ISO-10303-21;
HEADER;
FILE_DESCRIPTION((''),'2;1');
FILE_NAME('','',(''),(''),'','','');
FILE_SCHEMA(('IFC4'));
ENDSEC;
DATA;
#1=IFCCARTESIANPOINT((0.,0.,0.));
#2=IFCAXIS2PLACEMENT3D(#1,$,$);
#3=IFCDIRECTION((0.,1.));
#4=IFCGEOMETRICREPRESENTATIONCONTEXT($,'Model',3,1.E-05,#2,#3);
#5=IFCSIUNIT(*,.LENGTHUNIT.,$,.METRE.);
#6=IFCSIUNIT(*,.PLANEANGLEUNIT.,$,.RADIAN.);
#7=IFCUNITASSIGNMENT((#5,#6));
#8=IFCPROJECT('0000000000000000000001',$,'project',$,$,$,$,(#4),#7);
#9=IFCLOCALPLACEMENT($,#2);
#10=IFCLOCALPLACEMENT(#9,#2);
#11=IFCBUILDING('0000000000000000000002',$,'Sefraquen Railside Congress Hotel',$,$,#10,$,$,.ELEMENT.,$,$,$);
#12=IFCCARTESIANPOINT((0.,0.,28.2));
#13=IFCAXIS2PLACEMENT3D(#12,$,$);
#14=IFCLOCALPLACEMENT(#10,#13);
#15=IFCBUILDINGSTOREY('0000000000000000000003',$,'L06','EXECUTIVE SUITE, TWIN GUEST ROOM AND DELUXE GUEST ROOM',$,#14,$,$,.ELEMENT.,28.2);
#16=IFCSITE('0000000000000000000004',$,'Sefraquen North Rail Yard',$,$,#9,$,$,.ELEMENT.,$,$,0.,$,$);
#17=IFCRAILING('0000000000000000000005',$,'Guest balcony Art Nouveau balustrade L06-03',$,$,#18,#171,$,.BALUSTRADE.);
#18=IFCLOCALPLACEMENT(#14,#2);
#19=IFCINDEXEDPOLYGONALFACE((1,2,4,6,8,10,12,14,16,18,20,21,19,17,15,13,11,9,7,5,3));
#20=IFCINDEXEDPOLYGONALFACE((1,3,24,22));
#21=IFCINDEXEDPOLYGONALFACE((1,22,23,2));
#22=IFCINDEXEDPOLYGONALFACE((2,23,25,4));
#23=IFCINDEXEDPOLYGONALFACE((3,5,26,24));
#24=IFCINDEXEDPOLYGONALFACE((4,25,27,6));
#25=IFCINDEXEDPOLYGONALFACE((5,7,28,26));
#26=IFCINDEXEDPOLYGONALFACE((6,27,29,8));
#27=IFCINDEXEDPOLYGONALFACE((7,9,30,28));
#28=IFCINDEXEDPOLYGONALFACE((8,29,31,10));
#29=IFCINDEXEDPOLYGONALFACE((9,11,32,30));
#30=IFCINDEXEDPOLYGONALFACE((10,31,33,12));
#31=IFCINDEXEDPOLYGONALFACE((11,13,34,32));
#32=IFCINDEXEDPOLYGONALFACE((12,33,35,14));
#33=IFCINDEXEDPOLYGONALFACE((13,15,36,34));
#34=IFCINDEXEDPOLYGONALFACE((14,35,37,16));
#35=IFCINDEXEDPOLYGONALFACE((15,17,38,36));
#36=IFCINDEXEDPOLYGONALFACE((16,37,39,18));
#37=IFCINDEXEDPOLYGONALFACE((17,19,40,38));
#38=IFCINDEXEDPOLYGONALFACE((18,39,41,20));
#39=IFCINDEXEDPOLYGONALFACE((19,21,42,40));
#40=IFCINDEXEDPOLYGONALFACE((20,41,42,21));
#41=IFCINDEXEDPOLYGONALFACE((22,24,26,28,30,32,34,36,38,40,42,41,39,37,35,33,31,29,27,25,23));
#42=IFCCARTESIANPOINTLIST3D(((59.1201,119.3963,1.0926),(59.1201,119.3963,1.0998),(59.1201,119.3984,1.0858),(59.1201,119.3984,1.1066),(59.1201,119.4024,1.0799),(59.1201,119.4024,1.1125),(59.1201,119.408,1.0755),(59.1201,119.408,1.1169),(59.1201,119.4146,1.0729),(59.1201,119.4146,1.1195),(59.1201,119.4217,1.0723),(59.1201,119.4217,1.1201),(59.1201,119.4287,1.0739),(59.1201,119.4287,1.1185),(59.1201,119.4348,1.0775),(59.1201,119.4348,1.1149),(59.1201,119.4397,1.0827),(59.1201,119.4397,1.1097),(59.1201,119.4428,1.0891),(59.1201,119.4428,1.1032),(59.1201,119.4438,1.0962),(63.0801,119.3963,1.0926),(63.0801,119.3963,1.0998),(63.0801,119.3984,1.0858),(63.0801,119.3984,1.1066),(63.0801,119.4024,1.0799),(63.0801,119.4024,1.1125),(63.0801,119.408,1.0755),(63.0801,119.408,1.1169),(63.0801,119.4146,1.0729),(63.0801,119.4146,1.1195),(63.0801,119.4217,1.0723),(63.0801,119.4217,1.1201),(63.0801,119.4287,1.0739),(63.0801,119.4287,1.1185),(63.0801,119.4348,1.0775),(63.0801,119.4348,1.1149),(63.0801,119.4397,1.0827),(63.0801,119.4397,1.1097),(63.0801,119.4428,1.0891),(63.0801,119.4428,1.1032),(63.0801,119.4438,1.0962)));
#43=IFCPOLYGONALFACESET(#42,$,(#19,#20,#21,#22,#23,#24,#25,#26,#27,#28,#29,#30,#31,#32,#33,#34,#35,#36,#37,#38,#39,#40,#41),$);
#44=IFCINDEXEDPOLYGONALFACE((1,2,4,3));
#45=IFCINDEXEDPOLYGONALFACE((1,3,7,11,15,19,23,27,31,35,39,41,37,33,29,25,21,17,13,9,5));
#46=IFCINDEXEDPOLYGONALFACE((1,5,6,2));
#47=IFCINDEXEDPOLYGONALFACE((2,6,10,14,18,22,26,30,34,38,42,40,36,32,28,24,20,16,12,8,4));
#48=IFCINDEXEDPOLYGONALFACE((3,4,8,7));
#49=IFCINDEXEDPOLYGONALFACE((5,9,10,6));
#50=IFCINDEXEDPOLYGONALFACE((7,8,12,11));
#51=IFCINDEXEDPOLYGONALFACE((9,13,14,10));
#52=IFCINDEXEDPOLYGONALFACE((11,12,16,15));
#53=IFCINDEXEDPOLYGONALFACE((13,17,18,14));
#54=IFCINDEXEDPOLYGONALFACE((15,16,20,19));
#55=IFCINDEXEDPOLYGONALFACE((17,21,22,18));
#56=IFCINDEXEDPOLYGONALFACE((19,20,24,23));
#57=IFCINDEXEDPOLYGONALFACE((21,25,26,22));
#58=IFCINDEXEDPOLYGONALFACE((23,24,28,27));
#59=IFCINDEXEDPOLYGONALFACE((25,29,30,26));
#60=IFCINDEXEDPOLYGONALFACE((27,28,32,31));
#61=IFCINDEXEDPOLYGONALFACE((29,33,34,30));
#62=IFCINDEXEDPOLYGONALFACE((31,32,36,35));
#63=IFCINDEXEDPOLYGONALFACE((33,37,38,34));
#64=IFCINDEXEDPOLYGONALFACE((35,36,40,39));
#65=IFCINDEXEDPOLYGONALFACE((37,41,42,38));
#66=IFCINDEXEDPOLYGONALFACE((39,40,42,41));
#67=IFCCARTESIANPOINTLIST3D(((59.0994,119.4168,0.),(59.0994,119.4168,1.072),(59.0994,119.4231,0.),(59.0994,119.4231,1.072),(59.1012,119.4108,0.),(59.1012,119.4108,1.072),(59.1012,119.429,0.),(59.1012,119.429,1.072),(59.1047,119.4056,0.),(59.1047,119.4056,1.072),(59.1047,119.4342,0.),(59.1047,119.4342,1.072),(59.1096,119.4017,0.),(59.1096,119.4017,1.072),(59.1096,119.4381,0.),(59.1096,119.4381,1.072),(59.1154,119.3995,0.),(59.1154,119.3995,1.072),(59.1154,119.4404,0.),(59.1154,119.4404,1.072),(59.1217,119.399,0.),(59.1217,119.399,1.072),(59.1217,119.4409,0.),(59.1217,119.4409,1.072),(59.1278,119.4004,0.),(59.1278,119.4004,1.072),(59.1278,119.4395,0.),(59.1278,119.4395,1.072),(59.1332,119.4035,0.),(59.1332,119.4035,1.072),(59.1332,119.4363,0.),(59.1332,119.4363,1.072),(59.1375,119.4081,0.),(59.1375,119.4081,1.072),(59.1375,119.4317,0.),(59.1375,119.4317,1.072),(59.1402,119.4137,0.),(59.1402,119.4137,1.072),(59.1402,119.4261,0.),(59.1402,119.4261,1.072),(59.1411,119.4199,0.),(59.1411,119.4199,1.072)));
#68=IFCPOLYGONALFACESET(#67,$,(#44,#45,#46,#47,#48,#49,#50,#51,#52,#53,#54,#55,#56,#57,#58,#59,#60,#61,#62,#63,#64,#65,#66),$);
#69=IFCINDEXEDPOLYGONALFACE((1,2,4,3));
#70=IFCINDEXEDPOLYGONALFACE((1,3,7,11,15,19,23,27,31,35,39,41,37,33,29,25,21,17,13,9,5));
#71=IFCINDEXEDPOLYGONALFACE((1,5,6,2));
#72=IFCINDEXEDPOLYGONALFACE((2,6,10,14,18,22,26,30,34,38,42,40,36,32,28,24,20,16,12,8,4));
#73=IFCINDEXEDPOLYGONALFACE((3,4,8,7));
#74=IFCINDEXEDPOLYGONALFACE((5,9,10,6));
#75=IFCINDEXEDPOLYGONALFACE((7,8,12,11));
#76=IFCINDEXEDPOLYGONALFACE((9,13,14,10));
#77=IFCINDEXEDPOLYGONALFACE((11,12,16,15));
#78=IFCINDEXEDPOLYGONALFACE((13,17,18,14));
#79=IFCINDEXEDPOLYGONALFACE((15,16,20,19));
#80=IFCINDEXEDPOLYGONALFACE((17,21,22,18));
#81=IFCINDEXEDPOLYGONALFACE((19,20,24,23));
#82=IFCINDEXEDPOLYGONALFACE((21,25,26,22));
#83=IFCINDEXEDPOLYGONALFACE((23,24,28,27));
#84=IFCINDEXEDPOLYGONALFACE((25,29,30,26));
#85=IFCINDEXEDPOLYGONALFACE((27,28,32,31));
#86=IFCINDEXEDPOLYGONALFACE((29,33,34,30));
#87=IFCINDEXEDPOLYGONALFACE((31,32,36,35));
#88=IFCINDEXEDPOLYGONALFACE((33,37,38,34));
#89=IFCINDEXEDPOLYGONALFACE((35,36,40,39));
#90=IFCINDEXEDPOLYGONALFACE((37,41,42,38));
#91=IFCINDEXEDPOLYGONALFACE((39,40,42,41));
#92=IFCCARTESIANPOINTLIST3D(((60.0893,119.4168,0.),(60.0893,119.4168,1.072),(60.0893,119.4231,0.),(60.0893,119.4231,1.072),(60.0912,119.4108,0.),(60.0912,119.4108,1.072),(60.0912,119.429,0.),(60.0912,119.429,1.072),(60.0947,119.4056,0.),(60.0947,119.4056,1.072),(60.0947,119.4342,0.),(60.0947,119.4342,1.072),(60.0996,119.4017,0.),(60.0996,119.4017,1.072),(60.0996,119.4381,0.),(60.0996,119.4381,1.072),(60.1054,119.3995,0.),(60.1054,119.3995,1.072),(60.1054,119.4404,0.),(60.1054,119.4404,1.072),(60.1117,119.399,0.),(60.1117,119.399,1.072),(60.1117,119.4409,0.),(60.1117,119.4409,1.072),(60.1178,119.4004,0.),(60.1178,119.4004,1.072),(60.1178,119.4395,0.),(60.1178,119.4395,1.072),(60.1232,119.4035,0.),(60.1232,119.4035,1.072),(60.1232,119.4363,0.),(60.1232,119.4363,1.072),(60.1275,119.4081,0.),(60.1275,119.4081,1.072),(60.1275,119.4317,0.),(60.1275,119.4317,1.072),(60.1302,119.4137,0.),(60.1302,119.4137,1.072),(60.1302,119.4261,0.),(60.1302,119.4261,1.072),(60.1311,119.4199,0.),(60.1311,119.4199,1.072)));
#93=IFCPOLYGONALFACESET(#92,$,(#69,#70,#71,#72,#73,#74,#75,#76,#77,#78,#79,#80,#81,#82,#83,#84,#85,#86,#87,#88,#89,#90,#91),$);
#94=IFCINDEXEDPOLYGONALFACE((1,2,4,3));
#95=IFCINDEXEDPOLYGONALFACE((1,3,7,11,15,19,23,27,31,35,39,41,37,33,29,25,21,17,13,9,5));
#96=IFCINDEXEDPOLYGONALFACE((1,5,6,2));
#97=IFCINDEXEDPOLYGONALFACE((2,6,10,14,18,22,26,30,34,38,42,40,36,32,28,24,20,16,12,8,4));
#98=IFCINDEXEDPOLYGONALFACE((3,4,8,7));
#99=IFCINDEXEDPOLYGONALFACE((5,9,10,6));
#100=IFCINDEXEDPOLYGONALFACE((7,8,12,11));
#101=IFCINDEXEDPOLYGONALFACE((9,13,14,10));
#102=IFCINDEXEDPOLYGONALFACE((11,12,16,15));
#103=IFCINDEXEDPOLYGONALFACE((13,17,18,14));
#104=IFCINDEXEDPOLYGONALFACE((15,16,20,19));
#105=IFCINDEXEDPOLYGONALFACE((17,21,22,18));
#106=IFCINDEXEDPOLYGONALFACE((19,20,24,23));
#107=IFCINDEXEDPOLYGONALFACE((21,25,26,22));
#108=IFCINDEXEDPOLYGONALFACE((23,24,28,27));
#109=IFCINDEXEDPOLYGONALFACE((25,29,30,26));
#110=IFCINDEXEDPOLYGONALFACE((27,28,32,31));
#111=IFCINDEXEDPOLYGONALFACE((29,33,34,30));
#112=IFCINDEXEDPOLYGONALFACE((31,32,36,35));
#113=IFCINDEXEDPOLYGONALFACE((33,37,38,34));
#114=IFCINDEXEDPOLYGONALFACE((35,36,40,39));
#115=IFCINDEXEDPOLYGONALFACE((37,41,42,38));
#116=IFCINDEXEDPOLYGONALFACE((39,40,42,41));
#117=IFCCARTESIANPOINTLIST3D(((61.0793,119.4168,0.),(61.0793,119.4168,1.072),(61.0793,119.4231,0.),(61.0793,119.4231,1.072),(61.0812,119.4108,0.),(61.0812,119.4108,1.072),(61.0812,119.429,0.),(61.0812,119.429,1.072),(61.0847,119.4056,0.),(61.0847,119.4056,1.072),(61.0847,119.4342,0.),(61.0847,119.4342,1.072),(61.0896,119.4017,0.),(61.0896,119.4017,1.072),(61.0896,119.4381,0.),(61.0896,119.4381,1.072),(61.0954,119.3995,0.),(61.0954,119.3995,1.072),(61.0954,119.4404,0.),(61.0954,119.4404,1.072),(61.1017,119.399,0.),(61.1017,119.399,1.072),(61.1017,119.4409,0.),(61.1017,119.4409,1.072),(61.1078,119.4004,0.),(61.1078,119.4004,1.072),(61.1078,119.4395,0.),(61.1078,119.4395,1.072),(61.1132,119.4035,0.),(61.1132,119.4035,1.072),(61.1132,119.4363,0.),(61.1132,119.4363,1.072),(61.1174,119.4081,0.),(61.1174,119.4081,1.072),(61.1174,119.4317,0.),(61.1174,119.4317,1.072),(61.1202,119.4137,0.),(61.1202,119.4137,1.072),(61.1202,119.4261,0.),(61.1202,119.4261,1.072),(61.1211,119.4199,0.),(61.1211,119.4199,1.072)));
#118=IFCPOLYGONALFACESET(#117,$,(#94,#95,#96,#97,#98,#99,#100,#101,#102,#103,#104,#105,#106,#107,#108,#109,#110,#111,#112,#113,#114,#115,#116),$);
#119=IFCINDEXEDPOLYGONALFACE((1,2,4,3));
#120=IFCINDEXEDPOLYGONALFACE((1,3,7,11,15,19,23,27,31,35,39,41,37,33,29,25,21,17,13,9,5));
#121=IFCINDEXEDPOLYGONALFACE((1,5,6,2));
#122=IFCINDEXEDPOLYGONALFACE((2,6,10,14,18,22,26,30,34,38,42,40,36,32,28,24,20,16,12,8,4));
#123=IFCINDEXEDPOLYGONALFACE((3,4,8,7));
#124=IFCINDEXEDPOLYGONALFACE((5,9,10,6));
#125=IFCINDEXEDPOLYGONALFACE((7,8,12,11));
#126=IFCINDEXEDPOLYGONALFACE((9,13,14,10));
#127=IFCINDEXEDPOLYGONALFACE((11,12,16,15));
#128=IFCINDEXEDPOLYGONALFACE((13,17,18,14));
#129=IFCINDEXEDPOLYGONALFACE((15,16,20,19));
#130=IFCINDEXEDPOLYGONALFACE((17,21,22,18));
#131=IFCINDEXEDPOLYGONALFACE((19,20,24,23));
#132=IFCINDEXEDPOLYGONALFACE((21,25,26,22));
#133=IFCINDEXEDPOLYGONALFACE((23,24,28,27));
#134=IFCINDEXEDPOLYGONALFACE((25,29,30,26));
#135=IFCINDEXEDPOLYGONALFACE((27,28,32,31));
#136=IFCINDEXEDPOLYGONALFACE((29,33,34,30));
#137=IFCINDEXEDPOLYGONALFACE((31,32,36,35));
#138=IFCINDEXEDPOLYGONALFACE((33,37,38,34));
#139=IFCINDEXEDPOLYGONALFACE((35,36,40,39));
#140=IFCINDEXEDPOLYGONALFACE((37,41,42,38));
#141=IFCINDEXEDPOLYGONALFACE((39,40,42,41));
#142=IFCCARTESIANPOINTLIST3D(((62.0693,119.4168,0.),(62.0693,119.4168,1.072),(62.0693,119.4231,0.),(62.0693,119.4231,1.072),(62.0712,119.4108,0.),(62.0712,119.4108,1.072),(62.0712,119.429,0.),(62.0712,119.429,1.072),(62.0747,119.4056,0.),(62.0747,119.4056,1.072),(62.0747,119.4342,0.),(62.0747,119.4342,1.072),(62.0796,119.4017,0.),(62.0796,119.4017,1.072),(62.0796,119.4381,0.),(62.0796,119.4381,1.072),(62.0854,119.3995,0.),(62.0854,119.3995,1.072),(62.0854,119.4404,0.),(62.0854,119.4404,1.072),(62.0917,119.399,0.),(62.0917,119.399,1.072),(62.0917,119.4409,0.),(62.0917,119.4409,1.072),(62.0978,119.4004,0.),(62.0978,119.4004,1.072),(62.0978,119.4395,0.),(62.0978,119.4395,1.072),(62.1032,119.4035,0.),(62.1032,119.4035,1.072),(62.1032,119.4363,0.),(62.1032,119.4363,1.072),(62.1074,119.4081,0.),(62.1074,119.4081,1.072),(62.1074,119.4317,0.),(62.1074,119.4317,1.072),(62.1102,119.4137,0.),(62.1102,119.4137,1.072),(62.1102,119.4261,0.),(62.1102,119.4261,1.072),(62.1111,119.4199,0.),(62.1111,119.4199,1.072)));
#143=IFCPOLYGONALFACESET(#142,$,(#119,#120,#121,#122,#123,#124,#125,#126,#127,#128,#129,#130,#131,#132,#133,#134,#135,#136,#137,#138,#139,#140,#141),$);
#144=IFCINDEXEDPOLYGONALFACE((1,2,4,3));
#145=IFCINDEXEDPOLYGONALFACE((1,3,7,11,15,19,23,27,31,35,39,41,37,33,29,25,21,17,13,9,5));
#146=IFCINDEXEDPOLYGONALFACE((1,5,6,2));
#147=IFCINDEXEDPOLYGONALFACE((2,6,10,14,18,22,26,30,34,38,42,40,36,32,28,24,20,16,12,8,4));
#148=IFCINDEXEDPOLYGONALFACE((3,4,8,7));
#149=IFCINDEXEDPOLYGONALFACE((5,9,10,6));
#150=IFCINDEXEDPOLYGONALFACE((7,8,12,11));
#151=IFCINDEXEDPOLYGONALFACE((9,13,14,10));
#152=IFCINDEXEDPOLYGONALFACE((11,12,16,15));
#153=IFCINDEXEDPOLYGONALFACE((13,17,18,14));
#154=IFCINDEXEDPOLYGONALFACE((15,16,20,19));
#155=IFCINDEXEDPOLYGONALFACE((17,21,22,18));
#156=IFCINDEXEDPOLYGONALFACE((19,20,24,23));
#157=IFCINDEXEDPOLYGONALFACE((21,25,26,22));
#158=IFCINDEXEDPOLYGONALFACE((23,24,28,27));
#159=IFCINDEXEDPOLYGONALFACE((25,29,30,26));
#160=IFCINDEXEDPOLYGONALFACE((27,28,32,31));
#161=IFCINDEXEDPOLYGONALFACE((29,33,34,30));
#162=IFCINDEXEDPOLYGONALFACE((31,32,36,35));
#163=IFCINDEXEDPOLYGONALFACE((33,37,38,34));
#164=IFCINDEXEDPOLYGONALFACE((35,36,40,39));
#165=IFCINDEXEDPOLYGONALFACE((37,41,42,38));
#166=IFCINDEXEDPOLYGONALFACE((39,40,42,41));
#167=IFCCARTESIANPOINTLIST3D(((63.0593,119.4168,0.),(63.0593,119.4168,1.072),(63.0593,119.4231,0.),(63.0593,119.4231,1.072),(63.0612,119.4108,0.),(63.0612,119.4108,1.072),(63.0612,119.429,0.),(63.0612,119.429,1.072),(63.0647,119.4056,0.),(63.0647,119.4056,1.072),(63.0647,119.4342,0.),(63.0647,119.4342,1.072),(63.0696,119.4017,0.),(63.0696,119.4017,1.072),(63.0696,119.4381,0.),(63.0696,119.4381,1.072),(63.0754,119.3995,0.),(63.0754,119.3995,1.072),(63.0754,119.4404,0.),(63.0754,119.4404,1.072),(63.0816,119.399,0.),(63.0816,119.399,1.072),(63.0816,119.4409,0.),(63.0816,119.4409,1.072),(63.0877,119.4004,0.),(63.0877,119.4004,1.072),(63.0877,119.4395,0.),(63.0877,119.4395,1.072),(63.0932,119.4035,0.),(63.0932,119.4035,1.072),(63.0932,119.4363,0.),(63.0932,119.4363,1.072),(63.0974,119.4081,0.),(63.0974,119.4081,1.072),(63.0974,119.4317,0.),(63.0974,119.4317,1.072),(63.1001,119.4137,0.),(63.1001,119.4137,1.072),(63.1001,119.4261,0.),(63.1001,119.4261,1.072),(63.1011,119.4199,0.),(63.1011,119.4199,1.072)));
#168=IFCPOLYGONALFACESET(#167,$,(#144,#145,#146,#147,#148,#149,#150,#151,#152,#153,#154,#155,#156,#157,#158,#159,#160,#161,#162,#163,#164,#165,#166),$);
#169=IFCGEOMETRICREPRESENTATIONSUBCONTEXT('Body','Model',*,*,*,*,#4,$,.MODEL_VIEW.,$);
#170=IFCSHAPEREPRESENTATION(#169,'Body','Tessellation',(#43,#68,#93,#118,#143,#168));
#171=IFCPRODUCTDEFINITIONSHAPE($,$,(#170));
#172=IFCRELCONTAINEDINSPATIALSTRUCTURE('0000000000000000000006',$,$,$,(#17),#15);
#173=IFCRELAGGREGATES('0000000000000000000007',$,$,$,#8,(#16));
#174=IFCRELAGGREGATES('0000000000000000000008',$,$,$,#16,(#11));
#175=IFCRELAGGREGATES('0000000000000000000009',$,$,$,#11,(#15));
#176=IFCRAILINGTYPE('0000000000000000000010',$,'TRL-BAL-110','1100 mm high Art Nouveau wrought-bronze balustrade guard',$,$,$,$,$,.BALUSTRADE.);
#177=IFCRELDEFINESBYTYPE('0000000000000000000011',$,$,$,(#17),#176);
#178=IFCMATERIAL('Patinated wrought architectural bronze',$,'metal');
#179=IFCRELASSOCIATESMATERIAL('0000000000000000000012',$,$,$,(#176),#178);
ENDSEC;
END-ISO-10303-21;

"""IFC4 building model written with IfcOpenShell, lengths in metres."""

from ifc_helpers import new_model, si_unit, direction, frame, origin, origin_2d, place, context, subcontext, project, spatial, circle, extrude, material, type_object, element, save


model = new_model("IFC4")

# Units and contexts
model_context = context("Model", 3, precision=1e-05, world=origin(), true_north=direction((0.0, 1.0)))
body_context = subcontext(model_context, "Body", "Model", "MODEL_VIEW")
ifc_project = project(units=[si_unit("LENGTHUNIT", "METRE"), si_unit("PLANEANGLEUNIT", "RADIAN")], contexts=[model_context])

# Site, building, storey
site_placement = place(None, origin())
site = spatial("IfcSite", under=ifc_project, at=site_placement, Name="Sefraquen North Rail Yard", CompositionType="ELEMENT", RefElevation=0.0)
building_placement = place(site_placement, origin())
building = spatial("IfcBuilding", under=site, at=building_placement, Name="Sefraquen Railside Congress Hotel", CompositionType="ELEMENT")
storey_placement = place(building_placement, frame((0.0, 0.0, 28.2)))
storey = spatial("IfcBuildingStorey", under=building, at=storey_placement, Name="L06", Description="EXECUTIVE SUITE, TWIN GUEST ROOM AND DELUXE GUEST ROOM", CompositionType="ELEMENT", Elevation=28.2)

# Railing
ifc_material_1 = material(Name="Patinated wrought architectural bronze", Category="metal")
railing_type = type_object("IfcRailingType", Name="TRL-BAL-110", Description="1100 mm high Art Nouveau wrought-bronze balustrade guard", PredefinedType="BALUSTRADE", material=ifc_material_1)
railing_1_placement = place(storey_placement, frame((59.1201, 119.4199, 0.0)))
element("IfcRailing", 1, at=railing_1_placement, inside=storey, type_object=railing_type, Name="Guest balcony Art Nouveau balustrade L06-03", PredefinedType="BALUSTRADE", context=body_context, shape_type="SweptSolid", body=[
    extrude(circle(Radius=0.0239, at=origin_2d()), frame((0.0, 0.0, 1.0962), z_axis=(1.0, 0.0, 0.0), x_axis=(0.0, 1.0, 0.0)), (0.0, 0.0, 1.0), 3.96),
    extrude(circle(Radius=0.021, at=origin_2d()), origin(), (0.0, 0.0, 1.0), 1.072),
    extrude(circle(Radius=0.021, at=origin_2d()), frame((0.99, 0.0, 0.0)), (0.0, 0.0, 1.0), 1.072),
    extrude(circle(Radius=0.021, at=origin_2d()), frame((1.98, 0.0, 0.0)), (0.0, 0.0, 1.0), 1.072),
    extrude(circle(Radius=0.021, at=origin_2d()), frame((2.97, 0.0, 0.0)), (0.0, 0.0, 1.0), 1.072),
    extrude(circle(Radius=0.021, at=origin_2d()), frame((3.96, 0.0, 0.0)), (0.0, 0.0, 1.0), 1.072),
])

save(model, "model.ifc")
